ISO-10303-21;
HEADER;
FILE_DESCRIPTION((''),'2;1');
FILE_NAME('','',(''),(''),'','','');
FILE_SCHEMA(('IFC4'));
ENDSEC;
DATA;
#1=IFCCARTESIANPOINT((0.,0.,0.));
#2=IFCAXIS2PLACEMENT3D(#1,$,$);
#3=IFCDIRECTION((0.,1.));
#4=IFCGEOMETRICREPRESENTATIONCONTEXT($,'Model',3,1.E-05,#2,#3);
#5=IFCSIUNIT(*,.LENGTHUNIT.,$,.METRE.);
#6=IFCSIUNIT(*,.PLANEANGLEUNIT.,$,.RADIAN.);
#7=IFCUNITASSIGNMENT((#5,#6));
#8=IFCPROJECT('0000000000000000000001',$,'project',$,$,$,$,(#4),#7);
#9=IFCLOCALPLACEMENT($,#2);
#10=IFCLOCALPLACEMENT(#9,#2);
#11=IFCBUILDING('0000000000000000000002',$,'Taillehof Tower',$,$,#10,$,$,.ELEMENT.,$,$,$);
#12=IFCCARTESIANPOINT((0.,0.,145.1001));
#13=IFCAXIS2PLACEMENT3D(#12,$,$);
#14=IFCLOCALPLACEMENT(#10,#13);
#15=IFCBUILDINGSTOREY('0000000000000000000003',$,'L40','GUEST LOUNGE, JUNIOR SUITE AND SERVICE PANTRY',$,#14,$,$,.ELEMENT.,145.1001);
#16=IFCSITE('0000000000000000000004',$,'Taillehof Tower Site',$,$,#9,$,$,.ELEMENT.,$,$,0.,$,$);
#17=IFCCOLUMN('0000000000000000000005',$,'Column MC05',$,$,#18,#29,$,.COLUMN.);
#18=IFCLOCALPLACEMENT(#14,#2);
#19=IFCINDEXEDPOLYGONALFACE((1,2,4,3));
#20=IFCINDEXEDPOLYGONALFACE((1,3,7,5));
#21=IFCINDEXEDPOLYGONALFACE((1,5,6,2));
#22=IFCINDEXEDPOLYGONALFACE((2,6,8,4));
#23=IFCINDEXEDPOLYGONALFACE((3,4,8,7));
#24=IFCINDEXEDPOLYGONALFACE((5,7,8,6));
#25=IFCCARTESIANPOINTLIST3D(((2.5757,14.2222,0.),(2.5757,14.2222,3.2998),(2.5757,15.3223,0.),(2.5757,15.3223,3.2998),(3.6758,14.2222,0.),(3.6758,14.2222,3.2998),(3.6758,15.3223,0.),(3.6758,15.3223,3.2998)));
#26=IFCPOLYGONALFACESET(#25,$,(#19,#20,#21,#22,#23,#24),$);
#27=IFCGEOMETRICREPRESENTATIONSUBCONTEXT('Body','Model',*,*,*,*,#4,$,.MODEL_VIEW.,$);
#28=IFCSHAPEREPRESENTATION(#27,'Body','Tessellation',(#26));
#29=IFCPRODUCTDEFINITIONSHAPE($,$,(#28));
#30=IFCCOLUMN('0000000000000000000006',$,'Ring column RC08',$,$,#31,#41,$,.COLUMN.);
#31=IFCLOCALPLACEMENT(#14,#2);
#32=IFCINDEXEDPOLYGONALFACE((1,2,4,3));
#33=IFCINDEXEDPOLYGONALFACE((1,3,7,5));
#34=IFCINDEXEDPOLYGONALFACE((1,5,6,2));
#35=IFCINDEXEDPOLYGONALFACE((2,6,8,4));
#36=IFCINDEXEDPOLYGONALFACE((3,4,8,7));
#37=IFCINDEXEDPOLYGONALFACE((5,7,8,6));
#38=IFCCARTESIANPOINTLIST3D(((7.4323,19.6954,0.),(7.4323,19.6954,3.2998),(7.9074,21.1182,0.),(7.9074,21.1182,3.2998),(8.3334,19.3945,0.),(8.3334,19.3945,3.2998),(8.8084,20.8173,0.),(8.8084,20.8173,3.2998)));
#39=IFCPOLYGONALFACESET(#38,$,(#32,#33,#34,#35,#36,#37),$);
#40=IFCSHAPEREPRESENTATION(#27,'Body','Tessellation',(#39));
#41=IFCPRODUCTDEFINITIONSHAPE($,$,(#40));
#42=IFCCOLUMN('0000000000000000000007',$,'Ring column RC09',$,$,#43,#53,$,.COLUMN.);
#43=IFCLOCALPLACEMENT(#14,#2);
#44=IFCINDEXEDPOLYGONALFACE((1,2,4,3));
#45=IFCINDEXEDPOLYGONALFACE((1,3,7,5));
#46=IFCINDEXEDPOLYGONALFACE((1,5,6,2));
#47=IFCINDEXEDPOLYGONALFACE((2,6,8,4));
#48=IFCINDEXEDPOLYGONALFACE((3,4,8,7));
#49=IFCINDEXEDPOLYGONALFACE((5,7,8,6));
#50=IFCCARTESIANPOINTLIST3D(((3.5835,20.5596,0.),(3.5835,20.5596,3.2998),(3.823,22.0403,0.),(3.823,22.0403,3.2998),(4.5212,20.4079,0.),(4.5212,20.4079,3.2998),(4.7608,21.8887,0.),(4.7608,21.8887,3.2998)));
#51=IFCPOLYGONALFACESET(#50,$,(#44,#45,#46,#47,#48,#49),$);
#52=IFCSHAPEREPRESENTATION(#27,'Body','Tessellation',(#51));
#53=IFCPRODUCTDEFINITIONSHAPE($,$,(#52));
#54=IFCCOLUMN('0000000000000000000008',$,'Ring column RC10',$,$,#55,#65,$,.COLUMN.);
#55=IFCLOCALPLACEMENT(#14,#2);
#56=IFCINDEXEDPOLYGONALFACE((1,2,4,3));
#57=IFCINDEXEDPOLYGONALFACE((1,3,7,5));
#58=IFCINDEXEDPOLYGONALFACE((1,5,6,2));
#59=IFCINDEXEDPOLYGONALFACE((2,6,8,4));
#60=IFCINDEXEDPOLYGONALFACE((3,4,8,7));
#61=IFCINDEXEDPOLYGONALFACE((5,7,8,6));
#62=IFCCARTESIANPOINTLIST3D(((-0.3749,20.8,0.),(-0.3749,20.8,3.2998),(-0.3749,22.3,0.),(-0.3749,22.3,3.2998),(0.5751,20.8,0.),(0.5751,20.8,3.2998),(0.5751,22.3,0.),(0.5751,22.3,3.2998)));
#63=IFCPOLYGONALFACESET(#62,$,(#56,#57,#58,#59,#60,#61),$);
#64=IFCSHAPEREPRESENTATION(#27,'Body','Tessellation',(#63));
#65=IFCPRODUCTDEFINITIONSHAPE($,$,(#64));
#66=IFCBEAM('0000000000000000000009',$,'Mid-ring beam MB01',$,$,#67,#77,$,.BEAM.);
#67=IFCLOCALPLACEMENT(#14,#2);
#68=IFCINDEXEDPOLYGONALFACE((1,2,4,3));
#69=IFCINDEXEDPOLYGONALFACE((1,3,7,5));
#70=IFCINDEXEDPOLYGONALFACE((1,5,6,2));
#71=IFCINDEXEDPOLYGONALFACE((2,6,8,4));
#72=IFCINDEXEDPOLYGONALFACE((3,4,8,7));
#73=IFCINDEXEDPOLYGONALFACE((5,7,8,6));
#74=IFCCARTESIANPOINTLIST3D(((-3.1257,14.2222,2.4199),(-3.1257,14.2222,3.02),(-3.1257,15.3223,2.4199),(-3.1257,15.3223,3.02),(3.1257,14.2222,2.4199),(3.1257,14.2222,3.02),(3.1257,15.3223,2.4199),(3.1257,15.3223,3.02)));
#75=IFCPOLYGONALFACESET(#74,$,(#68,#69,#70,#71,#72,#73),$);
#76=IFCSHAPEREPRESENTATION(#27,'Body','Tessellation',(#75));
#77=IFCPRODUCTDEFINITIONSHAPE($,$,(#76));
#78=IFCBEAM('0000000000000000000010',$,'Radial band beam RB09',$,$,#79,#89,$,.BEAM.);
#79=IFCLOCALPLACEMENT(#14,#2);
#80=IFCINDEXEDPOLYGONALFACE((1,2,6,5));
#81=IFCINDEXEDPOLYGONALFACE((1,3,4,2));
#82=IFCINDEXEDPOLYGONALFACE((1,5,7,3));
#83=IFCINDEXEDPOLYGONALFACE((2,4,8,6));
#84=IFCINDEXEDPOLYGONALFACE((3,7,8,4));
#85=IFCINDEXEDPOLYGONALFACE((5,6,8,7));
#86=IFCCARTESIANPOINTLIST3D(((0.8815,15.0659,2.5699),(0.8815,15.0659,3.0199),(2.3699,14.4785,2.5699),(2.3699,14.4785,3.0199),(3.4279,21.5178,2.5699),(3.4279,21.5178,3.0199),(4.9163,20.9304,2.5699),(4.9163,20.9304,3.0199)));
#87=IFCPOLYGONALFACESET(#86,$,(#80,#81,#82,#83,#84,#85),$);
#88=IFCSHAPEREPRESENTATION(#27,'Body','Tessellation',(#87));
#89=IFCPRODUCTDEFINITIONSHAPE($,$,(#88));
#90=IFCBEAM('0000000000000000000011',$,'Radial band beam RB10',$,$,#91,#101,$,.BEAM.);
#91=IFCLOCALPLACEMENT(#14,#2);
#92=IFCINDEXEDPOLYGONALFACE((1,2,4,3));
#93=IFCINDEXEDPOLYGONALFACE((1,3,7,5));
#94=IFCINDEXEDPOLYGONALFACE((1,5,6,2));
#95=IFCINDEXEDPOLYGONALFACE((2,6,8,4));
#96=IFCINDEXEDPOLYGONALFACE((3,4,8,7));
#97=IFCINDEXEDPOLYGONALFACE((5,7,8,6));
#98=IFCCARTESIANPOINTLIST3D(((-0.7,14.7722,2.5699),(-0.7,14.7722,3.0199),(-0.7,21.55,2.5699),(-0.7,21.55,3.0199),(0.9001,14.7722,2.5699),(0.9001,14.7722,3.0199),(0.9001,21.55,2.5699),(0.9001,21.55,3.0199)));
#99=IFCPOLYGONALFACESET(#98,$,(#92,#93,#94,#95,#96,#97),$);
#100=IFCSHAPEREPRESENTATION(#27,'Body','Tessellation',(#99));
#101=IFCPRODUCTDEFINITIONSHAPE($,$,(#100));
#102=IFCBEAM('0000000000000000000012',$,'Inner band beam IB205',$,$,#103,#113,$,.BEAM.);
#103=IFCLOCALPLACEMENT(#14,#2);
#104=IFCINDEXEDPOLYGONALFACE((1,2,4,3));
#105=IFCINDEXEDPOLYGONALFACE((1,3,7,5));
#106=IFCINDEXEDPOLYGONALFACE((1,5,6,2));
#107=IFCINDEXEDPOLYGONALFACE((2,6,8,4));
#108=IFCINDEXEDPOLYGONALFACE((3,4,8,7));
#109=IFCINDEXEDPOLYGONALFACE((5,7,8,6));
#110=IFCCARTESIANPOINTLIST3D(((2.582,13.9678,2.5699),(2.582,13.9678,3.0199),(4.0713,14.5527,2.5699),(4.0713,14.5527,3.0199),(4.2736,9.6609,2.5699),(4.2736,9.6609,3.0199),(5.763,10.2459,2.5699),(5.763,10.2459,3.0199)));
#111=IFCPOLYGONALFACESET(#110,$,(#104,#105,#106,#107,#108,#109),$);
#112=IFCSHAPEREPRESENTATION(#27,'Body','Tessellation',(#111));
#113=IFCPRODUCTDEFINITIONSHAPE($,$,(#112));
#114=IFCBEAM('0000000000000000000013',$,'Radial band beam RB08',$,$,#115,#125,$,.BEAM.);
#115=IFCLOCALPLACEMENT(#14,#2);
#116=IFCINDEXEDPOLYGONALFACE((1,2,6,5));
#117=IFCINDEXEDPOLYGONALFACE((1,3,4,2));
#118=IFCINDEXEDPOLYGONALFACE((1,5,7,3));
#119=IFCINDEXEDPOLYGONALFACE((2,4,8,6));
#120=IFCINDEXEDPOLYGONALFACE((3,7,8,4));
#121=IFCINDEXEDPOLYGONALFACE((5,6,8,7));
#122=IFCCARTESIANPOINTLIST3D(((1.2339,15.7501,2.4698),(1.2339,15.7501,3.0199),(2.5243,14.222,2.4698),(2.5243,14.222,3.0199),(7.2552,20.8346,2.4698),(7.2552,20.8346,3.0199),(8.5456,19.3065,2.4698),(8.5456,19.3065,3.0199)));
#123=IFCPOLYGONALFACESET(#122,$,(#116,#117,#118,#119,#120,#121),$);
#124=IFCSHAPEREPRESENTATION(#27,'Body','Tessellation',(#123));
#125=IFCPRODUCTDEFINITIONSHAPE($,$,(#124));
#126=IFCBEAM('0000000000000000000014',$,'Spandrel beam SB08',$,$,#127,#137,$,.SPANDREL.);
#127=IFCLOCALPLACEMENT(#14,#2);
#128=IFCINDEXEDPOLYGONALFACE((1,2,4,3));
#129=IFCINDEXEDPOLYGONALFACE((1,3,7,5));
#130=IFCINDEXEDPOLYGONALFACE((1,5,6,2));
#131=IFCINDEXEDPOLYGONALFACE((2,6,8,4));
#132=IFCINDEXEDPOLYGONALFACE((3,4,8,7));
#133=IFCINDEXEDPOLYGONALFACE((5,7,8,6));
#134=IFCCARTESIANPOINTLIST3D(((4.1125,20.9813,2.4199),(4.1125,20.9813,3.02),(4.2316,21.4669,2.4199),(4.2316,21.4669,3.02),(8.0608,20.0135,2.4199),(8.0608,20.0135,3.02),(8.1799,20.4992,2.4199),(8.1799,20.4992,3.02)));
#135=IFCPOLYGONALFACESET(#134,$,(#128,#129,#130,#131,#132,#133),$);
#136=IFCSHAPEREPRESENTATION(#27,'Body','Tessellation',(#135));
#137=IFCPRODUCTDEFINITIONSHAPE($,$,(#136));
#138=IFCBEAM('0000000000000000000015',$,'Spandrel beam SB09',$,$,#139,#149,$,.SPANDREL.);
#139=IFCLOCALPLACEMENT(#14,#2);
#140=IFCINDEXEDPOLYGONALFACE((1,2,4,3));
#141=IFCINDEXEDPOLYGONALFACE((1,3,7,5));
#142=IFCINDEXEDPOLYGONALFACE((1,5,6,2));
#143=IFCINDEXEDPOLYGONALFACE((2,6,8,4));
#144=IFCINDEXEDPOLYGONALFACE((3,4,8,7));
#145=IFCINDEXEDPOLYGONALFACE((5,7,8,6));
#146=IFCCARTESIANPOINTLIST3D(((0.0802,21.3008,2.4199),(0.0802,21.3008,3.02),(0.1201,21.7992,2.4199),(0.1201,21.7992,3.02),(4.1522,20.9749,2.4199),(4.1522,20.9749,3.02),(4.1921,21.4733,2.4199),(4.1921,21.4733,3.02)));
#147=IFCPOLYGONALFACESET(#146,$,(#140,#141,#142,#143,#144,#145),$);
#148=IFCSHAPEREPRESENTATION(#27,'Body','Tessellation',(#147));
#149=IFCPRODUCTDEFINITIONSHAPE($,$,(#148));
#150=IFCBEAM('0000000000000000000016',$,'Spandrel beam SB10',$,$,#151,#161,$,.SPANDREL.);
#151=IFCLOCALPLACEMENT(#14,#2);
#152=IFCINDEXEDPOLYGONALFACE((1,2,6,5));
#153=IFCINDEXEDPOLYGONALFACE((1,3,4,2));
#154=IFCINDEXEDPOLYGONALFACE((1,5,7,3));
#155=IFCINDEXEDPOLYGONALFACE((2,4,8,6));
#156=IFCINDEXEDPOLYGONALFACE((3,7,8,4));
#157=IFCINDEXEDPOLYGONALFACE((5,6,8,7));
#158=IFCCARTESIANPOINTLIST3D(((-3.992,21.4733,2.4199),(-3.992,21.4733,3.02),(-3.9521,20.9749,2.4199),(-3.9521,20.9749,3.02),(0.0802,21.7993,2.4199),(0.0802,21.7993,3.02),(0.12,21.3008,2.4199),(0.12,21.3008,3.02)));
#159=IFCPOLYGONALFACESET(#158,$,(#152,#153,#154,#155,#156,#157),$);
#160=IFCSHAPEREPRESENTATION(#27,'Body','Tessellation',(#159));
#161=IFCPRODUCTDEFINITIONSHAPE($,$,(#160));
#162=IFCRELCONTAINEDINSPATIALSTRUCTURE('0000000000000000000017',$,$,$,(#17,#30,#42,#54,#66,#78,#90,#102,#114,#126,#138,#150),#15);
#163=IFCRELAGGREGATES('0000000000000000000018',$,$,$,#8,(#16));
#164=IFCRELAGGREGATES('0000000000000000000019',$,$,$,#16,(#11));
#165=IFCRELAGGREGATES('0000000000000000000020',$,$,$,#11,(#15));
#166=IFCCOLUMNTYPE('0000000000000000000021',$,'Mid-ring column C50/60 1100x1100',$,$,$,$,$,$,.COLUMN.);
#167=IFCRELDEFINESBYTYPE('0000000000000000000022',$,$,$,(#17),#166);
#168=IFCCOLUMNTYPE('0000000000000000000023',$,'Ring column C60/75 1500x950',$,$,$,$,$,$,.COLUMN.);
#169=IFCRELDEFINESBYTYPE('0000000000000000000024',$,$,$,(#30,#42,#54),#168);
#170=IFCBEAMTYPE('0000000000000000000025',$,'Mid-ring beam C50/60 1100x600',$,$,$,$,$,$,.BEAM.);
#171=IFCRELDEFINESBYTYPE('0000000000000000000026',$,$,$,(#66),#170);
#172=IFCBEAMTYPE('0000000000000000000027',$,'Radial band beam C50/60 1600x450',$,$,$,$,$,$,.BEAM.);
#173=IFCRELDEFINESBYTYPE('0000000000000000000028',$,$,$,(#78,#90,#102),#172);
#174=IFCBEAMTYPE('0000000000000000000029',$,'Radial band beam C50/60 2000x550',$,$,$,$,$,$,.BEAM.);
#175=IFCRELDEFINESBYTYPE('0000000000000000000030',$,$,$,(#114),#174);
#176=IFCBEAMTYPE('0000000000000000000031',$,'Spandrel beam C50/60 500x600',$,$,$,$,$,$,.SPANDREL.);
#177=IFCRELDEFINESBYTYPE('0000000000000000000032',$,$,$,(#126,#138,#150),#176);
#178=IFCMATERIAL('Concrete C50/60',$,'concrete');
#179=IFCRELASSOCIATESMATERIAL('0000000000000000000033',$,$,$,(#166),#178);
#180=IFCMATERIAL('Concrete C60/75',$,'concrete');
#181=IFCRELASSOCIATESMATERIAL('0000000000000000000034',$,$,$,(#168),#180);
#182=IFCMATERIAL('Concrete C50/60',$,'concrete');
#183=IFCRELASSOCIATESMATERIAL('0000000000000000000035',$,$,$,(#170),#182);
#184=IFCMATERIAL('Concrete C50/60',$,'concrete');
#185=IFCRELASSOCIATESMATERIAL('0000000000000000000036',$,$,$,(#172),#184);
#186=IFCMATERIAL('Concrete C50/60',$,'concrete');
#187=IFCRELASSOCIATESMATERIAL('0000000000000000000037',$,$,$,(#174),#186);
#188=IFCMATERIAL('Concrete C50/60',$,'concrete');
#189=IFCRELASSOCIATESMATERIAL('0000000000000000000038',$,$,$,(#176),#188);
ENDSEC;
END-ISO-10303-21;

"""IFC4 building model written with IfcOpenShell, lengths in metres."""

from ifc_helpers import new_model, si_unit, direction, frame, origin, origin_2d, place, context, subcontext, project, spatial, rectangle, extrude, material, material_profile, profile_set, type_object, element, save


model = new_model("IFC4")

# Units and contexts
model_context = context("Model", 3, precision=1e-05, world=origin(), true_north=direction((0.0, 1.0)))
body_context = subcontext(model_context, "Body", "Model", "MODEL_VIEW")
ifc_project = project(units=[si_unit("LENGTHUNIT", "METRE"), si_unit("PLANEANGLEUNIT", "RADIAN")], contexts=[model_context])

# Site, building, storey
site_placement = place(None, origin())
site = spatial("IfcSite", under=ifc_project, at=site_placement, Name="Taillehof Tower Site", CompositionType="ELEMENT", RefElevation=0.0)
building_placement = place(site_placement, origin())
building = spatial("IfcBuilding", under=site, at=building_placement, Name="Taillehof Tower", CompositionType="ELEMENT")
storey_placement = place(building_placement, frame((0.0, 0.0, 145.1001)))
storey = spatial("IfcBuildingStorey", under=building, at=storey_placement, Name="L40", Description="GUEST LOUNGE, JUNIOR SUITE AND SERVICE PANTRY", CompositionType="ELEMENT", Elevation=145.1001)

# Columns
ifc_material_1 = material(Name="Concrete C50/60", Category="concrete")
ifc_material_profile_1 = material_profile(ifc_material_1, rectangle(XDim=1.1001, YDim=1.1001, at=origin_2d()), Name="RC 1100x1100")
ifc_profile_set_1 = profile_set([ifc_material_profile_1], Name="Concrete C50/60")
column_type_1 = type_object("IfcColumnType", Name="Mid-ring column C50/60 1100x1100", PredefinedType="COLUMN", material=ifc_profile_set_1)
column_placement = place(storey_placement, frame((3.1257, 14.7722, 0.0), z_axis=(0.0, 0.0, 1.0), x_axis=(1.0, 0.0, 0.0)))
element("IfcColumn", 1, at=column_placement, inside=storey, type_object=column_type_1, Name="Column MC05", PredefinedType="COLUMN", context=body_context, shape_type="SweptSolid", body=[
    extrude(rectangle(XDim=1.1001, YDim=1.1001, at=origin_2d()), origin(), (0.0, 0.0, 1.0), 3.2998),
])
ifc_material_2 = material(Name="Concrete C60/75", Category="concrete")
ifc_material_profile_2 = material_profile(ifc_material_2, rectangle(XDim=1.5, YDim=0.95, at=origin_2d()), Name="RC 1500x950")
ifc_profile_set_2 = profile_set([ifc_material_profile_2], Name="Concrete C60/75")
column_type_2 = type_object("IfcColumnType", Name="Ring column C60/75 1500x950", PredefinedType="COLUMN", material=ifc_profile_set_2)
for number, where, z_axis, x_axis, name in (
    (2, (8.1204, 20.2563, 0.0), (0.0, 0.0, 1.0), (0.316703, 0.948525, 0.0), "Ring column RC08"),
    (3, (4.1721, 21.2241, 0.0), (0.0, 0.0, 1.0), (0.159679, 0.987169, 0.0), "Ring column RC09"),
    (4, (0.1001, 21.55, 0.0), (0.0, 0.0, 1.0), (0.0, 1.0, 0.0), "Ring column RC10"),
):
    element("IfcColumn", number, at=place(storey_placement, frame(where, z_axis=z_axis, x_axis=x_axis)), inside=storey, type_object=column_type_2, Name=name, PredefinedType="COLUMN", context=body_context, shape_type="SweptSolid", body=[
        extrude(rectangle(XDim=1.5, YDim=0.95, at=origin_2d()), origin(), (0.0, 0.0, 1.0), 3.2998),
    ])

# Beams
ifc_material_3 = material(Name="Concrete C50/60", Category="concrete")
ifc_material_profile_3 = material_profile(ifc_material_3, rectangle(XDim=1.1001, YDim=0.6001, at=origin_2d()), Name="RC 1100x600")
ifc_profile_set_3 = profile_set([ifc_material_profile_3], Name="Concrete C50/60")
beam_type_1 = type_object("IfcBeamType", Name="Mid-ring beam C50/60 1100x600", PredefinedType="BEAM", material=ifc_profile_set_3)
beam_1_placement = place(storey_placement, frame((3.1257, 14.7722, 2.72), z_axis=(-1.0, 0.0, 0.0), x_axis=(0.0, -1.0, 0.0)))
element("IfcBeam", 5, at=beam_1_placement, inside=storey, type_object=beam_type_1, Name="Mid-ring beam MB01", PredefinedType="BEAM", context=body_context, shape_type="SweptSolid", body=[
    extrude(rectangle(XDim=1.1001, YDim=0.6001, at=origin_2d()), origin(), (0.0, 0.0, 1.0), 6.2515),
])
ifc_material_4 = material(Name="Concrete C50/60", Category="concrete")
ifc_material_profile_4 = material_profile(ifc_material_4, rectangle(XDim=1.6001, YDim=0.45, at=origin_2d()), Name="RC 1600x450")
ifc_profile_set_4 = profile_set([ifc_material_profile_4], Name="Concrete C50/60")
beam_type_2 = type_object("IfcBeamType", Name="Radial band beam C50/60 1600x450", PredefinedType="BEAM", material=ifc_profile_set_4)
beam_2_placement = place(storey_placement, frame((4.1721, 21.2241, 2.7949), z_axis=(-0.367114, -0.930176, 0.0), x_axis=(0.930176, -0.367114, 0.0)))
element("IfcBeam", 6, at=beam_2_placement, inside=storey, type_object=beam_type_2, Name="Radial band beam RB09", PredefinedType="BEAM", context=body_context, shape_type="SweptSolid", body=[
    extrude(rectangle(XDim=1.6001, YDim=0.45, at=origin_2d()), origin(), (0.0, 0.0, 1.0), 6.9363),
])
beam_3_placement = place(storey_placement, frame((0.1001, 21.55, 2.7949), z_axis=(0.0, -1.0, 0.0), x_axis=(1.0, 0.0, 0.0)))
element("IfcBeam", 7, at=beam_3_placement, inside=storey, type_object=beam_type_2, Name="Radial band beam RB10", PredefinedType="BEAM", context=body_context, shape_type="SweptSolid", body=[
    extrude(rectangle(XDim=1.6001, YDim=0.45, at=origin_2d()), origin(), (0.0, 0.0, 1.0), 6.7778),
])
beam_4_placement = place(storey_placement, frame((3.3267, 14.2603, 2.7949), z_axis=(0.365589, -0.930777, 0.0), x_axis=(0.930777, 0.365589, 0.0)))
element("IfcBeam", 8, at=beam_4_placement, inside=storey, type_object=beam_type_2, Name="Inner band beam IB205", PredefinedType="BEAM", context=body_context, shape_type="SweptSolid", body=[
    extrude(rectangle(XDim=1.6001, YDim=0.45, at=origin_2d()), origin(), (0.0, 0.0, 1.0), 4.6272),
])
ifc_material_5 = material(Name="Concrete C50/60", Category="concrete")
ifc_material_profile_5 = material_profile(ifc_material_5, rectangle(XDim=2.0, YDim=0.55, at=origin_2d()), Name="RC 2000x550")
ifc_profile_set_5 = profile_set([ifc_material_profile_5], Name="Concrete C50/60")
beam_type_3 = type_object("IfcBeamType", Name="Radial band beam C50/60 2000x550", PredefinedType="BEAM", material=ifc_profile_set_5)
beam_5_placement = place(storey_placement, frame((7.9004, 20.0706, 2.7449), z_axis=(-0.764038, -0.645171, 0.0), x_axis=(0.645171, -0.764038, 0.0)))
element("IfcBeam", 9, at=beam_5_placement, inside=storey, type_object=beam_type_3, Name="Radial band beam RB08", PredefinedType="BEAM", context=body_context, shape_type="SweptSolid", body=[
    extrude(rectangle(XDim=2.0, YDim=0.55, at=origin_2d()), origin(), (0.0, 0.0, 1.0), 7.8809),
])
ifc_material_6 = material(Name="Concrete C50/60", Category="concrete")
ifc_material_profile_6 = material_profile(ifc_material_6, rectangle(XDim=0.5, YDim=0.6001, at=origin_2d()), Name="RC 500x600")
ifc_profile_set_6 = profile_set([ifc_material_profile_6], Name="Concrete C50/60")
beam_type_4 = type_object("IfcBeamType", Name="Spandrel beam C50/60 500x600", PredefinedType="SPANDREL", material=ifc_profile_set_6)
beam_6_placement = place(storey_placement, frame((8.1204, 20.2563, 2.72), z_axis=(-0.971249, 0.238068, 0.0), x_axis=(-0.238068, -0.971249, 0.0)))
element("IfcBeam", 10, at=beam_6_placement, inside=storey, type_object=beam_type_4, Name="Spandrel beam SB08", PredefinedType="SPANDREL", context=body_context, shape_type="SweptSolid", body=[
    extrude(rectangle(XDim=0.5, YDim=0.6001, at=origin_2d()), origin(), (0.0, 0.0, 1.0), 4.0652),
])
beam_7_placement = place(storey_placement, frame((4.1721, 21.2241, 2.72), z_axis=(-0.996812, 0.079786, 0.0), x_axis=(-0.079786, -0.996812, 0.0)))
element("IfcBeam", 11, at=beam_7_placement, inside=storey, type_object=beam_type_4, Name="Spandrel beam SB09", PredefinedType="SPANDREL", context=body_context, shape_type="SweptSolid", body=[
    extrude(rectangle(XDim=0.5, YDim=0.6001, at=origin_2d()), origin(), (0.0, 0.0, 1.0), 4.085),
])
beam_8_placement = place(storey_placement, frame((0.1001, 21.55, 2.72), z_axis=(-0.996812, -0.079781, 0.0), x_axis=(0.079781, -0.996812, 0.0)))
element("IfcBeam", 12, at=beam_8_placement, inside=storey, type_object=beam_type_4, Name="Spandrel beam SB10", PredefinedType="SPANDREL", context=body_context, shape_type="SweptSolid", body=[
    extrude(rectangle(XDim=0.5, YDim=0.6001, at=origin_2d()), origin(), (0.0, 0.0, 1.0), 4.0852),
])

save(model, "model.ifc")
